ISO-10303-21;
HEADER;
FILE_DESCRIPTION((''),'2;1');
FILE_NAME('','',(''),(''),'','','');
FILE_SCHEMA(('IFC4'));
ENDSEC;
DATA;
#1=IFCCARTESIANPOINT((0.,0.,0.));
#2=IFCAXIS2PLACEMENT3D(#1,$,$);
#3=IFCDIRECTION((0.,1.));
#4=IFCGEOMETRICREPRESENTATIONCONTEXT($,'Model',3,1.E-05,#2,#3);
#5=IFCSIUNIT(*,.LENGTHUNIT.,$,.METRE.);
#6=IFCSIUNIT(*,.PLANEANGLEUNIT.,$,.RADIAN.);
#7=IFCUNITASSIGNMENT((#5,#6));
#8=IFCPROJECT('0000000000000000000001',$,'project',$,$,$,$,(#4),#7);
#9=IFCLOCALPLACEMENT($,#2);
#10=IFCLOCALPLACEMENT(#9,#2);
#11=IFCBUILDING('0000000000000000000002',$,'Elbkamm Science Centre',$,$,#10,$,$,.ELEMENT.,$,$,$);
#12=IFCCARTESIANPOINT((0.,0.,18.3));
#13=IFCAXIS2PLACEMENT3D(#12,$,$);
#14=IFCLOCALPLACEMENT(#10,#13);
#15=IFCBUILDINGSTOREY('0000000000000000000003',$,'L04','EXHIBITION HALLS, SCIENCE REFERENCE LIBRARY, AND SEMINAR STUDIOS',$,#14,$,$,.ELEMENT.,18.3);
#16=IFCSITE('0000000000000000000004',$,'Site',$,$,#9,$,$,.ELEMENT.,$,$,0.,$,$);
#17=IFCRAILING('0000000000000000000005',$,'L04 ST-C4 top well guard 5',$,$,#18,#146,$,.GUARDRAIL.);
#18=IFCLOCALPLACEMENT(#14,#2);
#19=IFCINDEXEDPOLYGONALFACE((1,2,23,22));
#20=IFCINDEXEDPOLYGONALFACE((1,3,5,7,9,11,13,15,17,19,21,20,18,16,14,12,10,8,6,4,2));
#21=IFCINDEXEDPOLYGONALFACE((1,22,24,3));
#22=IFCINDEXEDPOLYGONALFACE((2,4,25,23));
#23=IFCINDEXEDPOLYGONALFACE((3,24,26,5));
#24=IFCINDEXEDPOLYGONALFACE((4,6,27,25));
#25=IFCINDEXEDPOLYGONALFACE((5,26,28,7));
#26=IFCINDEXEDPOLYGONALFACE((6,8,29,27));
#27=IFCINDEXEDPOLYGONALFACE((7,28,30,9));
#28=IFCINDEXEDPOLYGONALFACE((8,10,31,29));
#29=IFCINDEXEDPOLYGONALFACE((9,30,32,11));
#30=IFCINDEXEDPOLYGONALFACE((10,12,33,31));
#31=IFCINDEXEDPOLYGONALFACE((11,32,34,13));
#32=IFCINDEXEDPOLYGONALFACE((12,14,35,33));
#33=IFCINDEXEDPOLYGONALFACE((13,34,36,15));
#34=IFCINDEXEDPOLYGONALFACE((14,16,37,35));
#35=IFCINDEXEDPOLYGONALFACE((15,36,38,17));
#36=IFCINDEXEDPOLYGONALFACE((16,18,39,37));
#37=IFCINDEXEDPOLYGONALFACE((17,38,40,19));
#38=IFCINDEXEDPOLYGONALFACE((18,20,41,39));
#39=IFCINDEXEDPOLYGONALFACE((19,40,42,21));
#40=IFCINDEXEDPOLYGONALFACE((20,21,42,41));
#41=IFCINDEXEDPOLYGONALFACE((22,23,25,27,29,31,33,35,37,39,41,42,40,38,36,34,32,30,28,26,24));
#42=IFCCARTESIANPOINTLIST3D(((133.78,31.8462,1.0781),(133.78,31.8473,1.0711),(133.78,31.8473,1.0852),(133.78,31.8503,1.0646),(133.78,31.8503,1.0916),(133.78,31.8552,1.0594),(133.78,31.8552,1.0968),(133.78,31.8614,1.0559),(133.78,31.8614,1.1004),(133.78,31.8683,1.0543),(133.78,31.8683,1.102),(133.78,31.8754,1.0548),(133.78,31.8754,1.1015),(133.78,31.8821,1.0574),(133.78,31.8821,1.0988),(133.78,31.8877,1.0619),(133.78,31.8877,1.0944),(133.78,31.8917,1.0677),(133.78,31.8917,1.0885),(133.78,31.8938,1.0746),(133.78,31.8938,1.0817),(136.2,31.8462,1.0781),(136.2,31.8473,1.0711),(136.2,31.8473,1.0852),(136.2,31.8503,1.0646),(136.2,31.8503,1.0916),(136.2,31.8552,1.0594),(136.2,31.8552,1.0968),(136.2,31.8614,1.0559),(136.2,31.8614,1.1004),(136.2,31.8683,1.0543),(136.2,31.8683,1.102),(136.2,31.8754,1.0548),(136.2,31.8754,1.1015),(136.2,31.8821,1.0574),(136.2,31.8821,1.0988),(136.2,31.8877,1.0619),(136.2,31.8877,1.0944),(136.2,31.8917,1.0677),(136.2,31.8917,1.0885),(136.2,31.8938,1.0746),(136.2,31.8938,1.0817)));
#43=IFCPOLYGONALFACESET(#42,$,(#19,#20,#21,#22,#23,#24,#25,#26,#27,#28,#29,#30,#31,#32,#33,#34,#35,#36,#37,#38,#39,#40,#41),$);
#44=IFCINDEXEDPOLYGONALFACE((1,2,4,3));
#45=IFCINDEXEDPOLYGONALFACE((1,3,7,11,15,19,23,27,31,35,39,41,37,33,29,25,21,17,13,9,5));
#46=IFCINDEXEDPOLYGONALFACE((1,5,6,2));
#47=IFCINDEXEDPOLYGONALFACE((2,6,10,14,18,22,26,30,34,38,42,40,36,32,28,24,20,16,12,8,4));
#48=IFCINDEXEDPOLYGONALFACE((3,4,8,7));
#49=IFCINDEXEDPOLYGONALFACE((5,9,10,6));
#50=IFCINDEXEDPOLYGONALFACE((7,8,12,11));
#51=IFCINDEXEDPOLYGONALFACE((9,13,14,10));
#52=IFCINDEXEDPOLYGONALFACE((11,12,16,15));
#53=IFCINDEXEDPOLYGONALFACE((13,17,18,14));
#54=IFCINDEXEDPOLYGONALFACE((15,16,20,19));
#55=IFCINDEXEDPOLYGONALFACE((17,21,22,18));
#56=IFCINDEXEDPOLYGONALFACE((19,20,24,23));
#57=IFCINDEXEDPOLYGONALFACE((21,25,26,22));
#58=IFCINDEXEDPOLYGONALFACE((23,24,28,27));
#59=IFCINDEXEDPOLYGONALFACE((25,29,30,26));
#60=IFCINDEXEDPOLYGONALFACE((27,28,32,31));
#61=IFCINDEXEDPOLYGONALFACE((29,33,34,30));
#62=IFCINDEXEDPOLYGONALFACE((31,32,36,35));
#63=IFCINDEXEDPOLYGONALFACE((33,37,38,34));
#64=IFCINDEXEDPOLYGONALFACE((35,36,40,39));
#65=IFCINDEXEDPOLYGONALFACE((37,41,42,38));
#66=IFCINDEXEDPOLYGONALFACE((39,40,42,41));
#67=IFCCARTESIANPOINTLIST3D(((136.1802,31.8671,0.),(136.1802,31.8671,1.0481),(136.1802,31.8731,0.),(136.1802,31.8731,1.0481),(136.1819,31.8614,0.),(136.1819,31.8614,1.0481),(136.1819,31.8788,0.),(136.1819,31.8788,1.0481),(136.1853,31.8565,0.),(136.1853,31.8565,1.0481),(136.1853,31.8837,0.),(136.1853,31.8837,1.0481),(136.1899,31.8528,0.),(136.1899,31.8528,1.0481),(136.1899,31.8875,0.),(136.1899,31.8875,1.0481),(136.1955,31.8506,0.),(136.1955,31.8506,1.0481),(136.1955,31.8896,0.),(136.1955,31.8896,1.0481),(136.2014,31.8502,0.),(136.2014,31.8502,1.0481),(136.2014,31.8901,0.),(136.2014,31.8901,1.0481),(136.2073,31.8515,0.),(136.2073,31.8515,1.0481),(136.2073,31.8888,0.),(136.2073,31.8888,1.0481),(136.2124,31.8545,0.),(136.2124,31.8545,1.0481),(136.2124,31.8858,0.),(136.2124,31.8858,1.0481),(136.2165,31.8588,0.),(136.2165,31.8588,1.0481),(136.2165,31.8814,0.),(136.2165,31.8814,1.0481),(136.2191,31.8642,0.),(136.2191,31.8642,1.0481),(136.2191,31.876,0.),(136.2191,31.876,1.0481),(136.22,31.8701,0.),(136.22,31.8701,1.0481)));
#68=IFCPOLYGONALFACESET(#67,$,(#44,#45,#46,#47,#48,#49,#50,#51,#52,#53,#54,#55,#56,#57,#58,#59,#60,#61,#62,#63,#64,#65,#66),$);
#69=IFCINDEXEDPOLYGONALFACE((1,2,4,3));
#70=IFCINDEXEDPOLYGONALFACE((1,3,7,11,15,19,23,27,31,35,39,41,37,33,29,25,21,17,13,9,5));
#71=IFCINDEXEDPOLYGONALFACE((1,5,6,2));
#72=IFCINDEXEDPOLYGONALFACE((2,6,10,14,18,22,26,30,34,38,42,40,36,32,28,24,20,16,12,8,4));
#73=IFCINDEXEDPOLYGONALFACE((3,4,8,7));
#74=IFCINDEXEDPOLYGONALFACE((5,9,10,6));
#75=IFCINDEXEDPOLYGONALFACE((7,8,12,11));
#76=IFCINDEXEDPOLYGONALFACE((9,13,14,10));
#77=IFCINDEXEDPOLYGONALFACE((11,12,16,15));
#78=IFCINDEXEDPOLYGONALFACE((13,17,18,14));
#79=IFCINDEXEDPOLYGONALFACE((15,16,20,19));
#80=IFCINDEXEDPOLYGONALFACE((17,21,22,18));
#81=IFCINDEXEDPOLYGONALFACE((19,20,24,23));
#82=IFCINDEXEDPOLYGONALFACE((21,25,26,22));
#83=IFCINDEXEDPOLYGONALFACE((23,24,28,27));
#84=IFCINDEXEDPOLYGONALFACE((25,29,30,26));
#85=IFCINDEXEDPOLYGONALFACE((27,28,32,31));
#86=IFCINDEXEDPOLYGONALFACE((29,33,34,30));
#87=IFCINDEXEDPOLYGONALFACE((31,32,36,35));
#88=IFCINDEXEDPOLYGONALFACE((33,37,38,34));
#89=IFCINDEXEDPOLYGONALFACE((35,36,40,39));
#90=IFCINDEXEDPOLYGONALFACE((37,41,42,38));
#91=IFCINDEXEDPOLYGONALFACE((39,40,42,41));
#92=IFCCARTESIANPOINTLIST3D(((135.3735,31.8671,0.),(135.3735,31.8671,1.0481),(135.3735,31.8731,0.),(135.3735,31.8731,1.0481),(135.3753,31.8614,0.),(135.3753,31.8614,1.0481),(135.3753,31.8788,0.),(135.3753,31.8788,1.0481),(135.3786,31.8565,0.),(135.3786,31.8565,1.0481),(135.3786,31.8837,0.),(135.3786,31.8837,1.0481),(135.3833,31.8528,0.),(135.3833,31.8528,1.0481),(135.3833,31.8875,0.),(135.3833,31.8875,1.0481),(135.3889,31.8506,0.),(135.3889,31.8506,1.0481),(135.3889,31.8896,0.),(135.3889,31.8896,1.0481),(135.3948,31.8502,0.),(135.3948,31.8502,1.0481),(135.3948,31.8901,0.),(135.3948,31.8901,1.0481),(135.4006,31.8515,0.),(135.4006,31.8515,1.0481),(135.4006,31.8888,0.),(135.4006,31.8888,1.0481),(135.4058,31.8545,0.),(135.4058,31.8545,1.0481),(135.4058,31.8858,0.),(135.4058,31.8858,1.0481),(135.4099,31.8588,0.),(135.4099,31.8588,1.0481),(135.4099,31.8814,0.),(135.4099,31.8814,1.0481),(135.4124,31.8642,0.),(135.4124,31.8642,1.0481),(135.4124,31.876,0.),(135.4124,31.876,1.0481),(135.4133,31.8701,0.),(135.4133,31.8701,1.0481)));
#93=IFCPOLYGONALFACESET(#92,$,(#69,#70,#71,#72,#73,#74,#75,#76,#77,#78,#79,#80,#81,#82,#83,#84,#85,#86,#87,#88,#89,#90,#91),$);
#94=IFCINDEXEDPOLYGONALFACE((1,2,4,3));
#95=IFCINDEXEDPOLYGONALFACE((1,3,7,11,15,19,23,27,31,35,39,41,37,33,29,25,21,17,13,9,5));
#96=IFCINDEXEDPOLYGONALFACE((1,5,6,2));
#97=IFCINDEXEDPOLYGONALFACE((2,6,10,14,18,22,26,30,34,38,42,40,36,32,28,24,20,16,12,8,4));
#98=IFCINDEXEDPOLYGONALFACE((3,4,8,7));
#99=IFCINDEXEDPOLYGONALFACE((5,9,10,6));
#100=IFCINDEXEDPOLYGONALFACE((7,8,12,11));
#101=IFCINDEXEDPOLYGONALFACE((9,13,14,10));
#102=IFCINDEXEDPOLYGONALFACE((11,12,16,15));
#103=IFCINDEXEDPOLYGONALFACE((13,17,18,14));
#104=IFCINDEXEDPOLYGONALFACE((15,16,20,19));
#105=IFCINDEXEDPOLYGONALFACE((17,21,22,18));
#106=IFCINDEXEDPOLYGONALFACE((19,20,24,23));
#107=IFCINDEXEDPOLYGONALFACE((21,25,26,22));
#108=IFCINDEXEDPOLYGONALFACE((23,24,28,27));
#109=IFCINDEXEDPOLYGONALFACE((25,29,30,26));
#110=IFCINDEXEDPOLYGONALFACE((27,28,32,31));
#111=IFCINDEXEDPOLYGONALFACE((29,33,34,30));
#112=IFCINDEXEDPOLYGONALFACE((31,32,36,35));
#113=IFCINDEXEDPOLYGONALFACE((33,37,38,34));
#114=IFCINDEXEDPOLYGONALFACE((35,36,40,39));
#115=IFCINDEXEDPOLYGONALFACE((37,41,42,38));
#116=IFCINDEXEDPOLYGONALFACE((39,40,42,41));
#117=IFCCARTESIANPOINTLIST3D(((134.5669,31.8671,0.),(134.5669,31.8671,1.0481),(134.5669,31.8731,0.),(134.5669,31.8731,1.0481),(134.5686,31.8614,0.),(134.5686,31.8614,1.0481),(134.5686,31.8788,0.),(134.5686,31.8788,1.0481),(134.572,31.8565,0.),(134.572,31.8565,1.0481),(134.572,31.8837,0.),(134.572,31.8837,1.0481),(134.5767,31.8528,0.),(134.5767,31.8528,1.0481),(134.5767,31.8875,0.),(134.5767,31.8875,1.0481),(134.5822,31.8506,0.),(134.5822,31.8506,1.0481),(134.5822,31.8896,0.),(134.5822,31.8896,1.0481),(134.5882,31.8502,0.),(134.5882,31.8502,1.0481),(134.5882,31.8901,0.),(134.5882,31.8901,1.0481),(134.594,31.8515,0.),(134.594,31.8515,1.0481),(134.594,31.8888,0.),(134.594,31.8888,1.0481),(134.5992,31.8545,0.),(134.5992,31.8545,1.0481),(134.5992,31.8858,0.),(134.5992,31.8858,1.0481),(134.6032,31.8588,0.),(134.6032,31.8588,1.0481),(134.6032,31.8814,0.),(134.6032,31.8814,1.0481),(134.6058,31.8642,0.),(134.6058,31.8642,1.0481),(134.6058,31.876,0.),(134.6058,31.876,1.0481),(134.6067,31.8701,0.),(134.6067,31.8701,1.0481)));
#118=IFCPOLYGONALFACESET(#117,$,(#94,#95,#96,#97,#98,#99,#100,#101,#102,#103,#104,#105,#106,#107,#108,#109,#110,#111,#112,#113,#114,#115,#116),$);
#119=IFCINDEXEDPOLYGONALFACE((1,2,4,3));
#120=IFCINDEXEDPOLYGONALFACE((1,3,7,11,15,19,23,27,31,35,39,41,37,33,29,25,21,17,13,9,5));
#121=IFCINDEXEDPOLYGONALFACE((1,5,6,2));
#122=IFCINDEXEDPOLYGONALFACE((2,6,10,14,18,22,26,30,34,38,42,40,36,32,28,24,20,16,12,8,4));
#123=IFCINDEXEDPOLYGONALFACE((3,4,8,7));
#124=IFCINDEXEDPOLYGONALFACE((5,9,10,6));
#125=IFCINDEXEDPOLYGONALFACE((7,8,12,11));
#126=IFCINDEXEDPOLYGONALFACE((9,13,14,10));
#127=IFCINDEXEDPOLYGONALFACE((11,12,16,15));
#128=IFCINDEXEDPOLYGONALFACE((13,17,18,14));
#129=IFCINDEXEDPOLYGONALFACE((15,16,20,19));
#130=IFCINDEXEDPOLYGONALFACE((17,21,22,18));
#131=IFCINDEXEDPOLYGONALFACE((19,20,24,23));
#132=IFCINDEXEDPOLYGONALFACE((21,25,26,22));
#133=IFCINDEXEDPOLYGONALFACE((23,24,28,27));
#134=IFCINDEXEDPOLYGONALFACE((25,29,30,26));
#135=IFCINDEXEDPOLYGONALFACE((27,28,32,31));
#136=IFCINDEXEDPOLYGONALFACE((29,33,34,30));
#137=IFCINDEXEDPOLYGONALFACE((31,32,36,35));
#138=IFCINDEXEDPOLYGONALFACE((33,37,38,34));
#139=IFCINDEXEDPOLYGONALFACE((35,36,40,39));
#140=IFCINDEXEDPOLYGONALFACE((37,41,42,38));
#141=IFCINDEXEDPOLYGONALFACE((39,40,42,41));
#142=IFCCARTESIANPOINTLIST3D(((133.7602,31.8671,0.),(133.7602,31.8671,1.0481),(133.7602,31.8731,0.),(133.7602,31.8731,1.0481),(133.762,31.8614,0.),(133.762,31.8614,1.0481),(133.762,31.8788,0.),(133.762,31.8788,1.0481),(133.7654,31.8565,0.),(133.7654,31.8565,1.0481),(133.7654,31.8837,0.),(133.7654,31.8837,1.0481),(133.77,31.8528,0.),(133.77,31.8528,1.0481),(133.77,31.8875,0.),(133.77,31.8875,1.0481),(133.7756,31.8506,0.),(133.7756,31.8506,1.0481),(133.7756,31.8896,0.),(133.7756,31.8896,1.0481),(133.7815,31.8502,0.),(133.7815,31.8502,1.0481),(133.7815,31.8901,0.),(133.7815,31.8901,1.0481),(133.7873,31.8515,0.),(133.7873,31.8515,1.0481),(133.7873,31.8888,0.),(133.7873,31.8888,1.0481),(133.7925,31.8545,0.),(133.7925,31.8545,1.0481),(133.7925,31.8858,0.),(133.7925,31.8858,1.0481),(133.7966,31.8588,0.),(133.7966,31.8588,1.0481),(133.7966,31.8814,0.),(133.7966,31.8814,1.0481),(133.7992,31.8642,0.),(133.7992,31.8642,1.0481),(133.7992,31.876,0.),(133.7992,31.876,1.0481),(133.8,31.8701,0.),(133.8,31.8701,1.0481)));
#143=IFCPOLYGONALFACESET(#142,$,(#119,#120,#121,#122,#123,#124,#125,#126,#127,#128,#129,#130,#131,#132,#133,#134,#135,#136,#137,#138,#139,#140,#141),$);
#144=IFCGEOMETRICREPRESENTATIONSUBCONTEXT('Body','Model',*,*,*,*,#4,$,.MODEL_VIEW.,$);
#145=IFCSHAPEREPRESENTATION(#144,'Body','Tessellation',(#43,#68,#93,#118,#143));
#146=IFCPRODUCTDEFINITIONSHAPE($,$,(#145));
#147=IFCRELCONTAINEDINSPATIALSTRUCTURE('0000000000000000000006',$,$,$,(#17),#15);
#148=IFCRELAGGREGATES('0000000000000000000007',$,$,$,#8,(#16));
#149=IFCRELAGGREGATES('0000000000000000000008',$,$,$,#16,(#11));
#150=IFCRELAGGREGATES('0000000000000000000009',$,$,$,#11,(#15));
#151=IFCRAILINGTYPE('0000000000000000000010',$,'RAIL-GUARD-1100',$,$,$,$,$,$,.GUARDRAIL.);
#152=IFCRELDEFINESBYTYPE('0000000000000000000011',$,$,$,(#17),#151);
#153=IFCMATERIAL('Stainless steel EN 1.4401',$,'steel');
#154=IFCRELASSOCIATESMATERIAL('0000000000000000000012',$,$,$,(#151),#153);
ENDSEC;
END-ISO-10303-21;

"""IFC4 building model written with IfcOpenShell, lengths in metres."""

from ifc_helpers import new_model, si_unit, direction, frame, origin, origin_2d, place, context, subcontext, project, spatial, circle, extrude, material, type_object, element, save


model = new_model("IFC4")

# Units and contexts
model_context = context("Model", 3, precision=1e-05, world=origin(), true_north=direction((0.0, 1.0)))
body_context = subcontext(model_context, "Body", "Model", "MODEL_VIEW")
ifc_project = project(units=[si_unit("LENGTHUNIT", "METRE"), si_unit("PLANEANGLEUNIT", "RADIAN")], contexts=[model_context])

# Site, building, storey
site_placement = place(None, origin())
site = spatial("IfcSite", under=ifc_project, at=site_placement, Name="Site", CompositionType="ELEMENT", RefElevation=0.0)
building_placement = place(site_placement, origin())
building = spatial("IfcBuilding", under=site, at=building_placement, Name="Elbkamm Science Centre", CompositionType="ELEMENT")
storey_placement = place(building_placement, frame((0.0, 0.0, 18.3)))
storey = spatial("IfcBuildingStorey", under=building, at=storey_placement, Name="L04", Description="EXHIBITION HALLS, SCIENCE REFERENCE LIBRARY, AND SEMINAR STUDIOS", CompositionType="ELEMENT", Elevation=18.3)

# Railing
ifc_material_1 = material(Name="Stainless steel EN 1.4401", Category="steel")
railing_type = type_object("IfcRailingType", Name="RAIL-GUARD-1100", PredefinedType="GUARDRAIL", material=ifc_material_1)
for number, where, name in (
    (1, (136.2, 31.8701, 0.0), "L04 ST-C4 top well guard 5"),
):
    element("IfcRailing", number, at=place(storey_placement, frame(where)), inside=storey, type_object=railing_type, Name=name, PredefinedType="GUARDRAIL", context=body_context, shape_type="SweptSolid", body=[
        extrude(circle(Radius=0.0239, at=origin_2d()), frame((0.0, 0.0, 1.0781), z_axis=(-1.0, 0.0, 0.0), x_axis=(0.0, -1.0, 0.0)), (0.0, 0.0, 1.0), 2.4199),
        extrude(circle(Radius=0.02, at=origin_2d()), origin(), (0.0, 0.0, 1.0), 1.0481),
        extrude(circle(Radius=0.02, at=origin_2d()), frame((-0.8066, 0.0, 0.0)), (0.0, 0.0, 1.0), 1.0481),
        extrude(circle(Radius=0.02, at=origin_2d()), frame((-1.6133, 0.0, 0.0)), (0.0, 0.0, 1.0), 1.0481),
        extrude(circle(Radius=0.02, at=origin_2d()), frame((-2.4199, 0.0, 0.0)), (0.0, 0.0, 1.0), 1.0481),
    ])

save(model, "model.ifc")
